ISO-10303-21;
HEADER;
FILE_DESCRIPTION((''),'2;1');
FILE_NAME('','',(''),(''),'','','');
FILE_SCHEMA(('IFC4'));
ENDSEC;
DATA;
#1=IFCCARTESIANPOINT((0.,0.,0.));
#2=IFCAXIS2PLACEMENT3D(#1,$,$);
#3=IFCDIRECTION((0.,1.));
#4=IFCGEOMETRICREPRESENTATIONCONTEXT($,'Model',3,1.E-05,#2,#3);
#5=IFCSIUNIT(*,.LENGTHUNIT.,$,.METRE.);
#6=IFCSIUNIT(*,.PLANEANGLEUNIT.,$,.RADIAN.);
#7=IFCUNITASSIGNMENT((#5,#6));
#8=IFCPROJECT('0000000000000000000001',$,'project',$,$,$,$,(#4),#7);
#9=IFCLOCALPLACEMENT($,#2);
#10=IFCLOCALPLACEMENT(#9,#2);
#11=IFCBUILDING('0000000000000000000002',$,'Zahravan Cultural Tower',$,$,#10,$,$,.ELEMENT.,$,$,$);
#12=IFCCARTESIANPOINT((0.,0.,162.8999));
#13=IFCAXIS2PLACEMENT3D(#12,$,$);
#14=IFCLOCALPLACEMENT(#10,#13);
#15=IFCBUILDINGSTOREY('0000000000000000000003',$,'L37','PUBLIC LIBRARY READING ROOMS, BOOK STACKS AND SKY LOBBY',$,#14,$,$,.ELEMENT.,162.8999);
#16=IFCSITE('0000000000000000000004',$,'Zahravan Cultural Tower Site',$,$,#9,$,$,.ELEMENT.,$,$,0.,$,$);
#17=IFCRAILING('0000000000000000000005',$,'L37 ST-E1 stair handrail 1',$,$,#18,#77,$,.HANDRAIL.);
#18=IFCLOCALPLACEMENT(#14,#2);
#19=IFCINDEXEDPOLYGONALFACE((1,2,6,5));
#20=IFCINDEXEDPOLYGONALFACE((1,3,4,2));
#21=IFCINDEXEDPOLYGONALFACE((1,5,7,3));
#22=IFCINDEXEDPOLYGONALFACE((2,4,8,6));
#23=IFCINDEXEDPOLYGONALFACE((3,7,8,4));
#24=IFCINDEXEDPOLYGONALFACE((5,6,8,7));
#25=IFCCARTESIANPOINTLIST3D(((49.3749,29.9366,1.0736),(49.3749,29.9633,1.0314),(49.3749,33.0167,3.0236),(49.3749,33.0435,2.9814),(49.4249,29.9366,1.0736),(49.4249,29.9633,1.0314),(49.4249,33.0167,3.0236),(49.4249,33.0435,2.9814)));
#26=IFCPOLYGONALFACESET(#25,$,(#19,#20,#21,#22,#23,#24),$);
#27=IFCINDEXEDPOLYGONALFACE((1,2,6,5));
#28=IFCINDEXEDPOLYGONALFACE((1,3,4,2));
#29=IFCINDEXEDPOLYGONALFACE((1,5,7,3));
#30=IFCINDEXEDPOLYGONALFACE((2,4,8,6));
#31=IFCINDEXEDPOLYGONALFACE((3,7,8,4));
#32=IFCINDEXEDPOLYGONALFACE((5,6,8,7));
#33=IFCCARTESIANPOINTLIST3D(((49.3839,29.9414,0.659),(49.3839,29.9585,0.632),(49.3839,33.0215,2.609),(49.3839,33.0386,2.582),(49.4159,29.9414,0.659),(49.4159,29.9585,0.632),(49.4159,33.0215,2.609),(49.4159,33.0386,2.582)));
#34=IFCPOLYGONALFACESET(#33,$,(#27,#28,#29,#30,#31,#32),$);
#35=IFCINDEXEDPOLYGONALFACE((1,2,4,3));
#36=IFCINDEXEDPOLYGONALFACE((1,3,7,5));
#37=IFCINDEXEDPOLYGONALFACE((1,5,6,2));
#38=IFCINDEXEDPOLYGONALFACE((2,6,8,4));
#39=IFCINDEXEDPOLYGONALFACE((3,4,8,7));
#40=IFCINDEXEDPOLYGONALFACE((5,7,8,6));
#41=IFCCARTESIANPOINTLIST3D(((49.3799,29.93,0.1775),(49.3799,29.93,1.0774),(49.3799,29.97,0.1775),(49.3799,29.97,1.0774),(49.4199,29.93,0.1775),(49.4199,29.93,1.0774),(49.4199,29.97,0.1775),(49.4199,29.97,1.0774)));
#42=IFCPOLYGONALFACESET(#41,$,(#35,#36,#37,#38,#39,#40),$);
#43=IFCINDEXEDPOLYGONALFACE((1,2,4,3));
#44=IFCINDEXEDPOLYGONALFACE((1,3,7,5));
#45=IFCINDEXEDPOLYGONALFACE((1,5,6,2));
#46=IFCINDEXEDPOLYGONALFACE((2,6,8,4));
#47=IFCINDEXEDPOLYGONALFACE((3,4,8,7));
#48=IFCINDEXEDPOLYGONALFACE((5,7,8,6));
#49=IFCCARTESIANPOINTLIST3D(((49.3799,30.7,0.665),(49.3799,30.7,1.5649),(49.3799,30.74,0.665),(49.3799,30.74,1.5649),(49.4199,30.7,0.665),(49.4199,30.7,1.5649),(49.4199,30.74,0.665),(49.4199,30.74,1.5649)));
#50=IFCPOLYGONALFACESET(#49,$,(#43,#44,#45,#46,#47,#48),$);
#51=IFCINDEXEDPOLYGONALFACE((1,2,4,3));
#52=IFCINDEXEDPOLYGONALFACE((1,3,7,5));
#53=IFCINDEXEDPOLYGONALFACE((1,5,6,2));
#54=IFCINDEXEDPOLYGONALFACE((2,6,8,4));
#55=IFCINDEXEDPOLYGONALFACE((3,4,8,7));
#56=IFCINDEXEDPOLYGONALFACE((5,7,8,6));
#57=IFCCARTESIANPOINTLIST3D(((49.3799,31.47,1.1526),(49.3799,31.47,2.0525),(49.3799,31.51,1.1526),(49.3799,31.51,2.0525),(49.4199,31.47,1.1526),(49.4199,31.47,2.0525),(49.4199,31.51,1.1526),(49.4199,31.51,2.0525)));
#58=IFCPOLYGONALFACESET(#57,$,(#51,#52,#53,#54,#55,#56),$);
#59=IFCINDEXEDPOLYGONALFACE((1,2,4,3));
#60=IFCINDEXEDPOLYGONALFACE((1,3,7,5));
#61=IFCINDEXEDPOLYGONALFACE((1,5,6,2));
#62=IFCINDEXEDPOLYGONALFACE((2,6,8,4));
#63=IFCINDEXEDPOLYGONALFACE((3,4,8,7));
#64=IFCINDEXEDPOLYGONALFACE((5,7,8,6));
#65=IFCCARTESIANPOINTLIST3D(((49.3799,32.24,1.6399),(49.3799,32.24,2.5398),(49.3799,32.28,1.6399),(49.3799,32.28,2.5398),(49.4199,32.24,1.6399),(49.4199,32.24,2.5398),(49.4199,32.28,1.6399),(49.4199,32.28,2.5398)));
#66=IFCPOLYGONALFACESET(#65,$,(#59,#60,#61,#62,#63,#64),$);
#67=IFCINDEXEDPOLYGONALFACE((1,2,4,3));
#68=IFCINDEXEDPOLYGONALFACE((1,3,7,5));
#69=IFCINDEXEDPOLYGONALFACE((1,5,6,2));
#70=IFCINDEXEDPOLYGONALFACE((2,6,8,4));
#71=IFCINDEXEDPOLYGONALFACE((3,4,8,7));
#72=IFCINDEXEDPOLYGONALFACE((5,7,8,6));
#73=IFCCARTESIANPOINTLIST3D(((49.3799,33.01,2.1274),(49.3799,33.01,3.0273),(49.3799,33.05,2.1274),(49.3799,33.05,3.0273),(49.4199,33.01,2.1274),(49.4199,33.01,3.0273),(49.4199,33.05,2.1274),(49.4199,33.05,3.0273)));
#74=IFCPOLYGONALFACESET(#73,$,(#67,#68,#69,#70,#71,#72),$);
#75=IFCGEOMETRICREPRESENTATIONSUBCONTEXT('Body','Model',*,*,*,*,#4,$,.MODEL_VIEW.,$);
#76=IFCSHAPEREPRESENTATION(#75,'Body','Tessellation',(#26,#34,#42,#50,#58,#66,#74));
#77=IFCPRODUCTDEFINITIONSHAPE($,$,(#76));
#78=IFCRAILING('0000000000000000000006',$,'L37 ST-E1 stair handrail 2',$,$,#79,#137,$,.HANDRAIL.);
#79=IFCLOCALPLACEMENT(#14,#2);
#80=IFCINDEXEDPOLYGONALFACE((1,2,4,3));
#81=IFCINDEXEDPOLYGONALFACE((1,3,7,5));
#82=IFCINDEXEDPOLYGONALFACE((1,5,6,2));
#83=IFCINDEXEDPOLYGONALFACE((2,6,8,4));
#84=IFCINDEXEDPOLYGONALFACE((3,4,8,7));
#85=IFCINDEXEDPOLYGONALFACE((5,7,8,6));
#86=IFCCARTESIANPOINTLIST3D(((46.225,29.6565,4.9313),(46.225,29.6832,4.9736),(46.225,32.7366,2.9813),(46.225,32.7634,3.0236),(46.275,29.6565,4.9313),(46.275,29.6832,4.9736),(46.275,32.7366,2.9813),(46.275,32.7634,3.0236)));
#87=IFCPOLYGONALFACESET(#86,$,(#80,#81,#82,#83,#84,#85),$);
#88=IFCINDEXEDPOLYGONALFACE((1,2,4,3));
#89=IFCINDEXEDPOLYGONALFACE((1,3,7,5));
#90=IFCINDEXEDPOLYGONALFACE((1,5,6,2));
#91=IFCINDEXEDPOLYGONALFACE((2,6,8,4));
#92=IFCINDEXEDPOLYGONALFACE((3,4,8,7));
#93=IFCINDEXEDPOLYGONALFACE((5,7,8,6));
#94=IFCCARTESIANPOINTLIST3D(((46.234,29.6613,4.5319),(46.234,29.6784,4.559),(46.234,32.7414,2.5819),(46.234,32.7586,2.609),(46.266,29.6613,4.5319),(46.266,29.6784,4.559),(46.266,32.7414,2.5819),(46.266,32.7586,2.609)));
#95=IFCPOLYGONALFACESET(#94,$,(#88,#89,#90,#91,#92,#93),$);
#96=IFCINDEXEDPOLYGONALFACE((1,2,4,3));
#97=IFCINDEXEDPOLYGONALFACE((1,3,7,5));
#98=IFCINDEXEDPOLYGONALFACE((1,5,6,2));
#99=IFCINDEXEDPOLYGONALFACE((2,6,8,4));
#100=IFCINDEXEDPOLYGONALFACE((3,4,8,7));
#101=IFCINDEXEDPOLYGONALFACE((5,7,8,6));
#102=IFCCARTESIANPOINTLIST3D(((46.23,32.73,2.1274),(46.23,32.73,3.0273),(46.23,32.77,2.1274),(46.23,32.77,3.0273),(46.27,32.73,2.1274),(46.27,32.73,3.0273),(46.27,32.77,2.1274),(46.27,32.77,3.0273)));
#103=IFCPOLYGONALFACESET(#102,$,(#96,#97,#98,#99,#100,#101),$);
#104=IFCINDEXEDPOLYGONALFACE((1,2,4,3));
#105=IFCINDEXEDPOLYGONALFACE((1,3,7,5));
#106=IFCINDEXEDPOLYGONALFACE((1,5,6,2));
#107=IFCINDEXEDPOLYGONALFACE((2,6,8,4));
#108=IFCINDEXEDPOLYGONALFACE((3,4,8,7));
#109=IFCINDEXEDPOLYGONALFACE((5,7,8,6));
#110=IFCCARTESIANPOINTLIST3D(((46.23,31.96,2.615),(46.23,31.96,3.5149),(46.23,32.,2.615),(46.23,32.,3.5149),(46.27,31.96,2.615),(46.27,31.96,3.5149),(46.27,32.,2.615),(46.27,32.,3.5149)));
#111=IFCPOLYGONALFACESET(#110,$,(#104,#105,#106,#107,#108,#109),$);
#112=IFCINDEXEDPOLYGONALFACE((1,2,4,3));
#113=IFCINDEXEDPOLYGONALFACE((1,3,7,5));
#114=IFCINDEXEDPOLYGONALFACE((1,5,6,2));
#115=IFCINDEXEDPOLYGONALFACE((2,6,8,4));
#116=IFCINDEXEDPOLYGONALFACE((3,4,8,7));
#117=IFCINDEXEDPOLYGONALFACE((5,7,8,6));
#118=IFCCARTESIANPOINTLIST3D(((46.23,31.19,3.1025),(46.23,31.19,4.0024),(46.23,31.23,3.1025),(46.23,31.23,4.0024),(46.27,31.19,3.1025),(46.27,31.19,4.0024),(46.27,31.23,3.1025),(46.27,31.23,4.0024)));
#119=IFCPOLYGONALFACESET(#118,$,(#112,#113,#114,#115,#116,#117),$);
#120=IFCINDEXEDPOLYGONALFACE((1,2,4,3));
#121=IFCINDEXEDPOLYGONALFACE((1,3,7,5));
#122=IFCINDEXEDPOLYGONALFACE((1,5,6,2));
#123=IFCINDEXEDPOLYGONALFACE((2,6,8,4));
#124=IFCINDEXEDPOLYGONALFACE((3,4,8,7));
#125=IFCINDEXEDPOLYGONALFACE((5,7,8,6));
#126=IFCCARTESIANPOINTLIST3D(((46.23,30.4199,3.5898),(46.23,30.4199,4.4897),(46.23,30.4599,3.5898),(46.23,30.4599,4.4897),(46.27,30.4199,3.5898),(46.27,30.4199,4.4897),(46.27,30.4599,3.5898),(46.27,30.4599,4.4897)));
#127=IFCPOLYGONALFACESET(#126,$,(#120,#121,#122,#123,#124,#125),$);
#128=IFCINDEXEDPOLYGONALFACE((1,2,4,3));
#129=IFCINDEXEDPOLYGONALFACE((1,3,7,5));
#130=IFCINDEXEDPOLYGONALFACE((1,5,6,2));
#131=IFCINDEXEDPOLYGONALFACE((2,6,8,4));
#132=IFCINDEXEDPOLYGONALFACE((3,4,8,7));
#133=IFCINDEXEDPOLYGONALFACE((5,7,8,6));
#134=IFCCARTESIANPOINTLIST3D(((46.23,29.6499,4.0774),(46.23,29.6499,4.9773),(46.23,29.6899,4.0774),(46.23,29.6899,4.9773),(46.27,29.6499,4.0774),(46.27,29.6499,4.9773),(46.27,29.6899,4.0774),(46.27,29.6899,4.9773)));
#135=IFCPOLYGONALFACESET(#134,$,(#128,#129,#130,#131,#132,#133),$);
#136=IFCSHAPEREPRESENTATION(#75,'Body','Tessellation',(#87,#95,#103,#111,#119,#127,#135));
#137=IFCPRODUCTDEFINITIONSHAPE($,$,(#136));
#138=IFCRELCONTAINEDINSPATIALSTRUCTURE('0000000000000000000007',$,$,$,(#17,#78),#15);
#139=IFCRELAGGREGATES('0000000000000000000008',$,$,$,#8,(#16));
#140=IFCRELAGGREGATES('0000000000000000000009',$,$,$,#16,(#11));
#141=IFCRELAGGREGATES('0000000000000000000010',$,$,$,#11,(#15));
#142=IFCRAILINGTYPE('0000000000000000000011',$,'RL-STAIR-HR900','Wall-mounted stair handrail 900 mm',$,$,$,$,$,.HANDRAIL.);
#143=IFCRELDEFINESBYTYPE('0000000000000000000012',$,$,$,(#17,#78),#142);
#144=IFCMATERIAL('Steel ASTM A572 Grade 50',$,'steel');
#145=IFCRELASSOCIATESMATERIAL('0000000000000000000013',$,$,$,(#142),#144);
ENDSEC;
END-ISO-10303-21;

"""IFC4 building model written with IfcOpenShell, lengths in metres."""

from ifc_helpers import new_model, si_unit, direction, frame, origin, origin_2d, place, context, subcontext, project, spatial, rectangle, extrude, material, type_object, element, save


model = new_model("IFC4")

# Units and contexts
model_context = context("Model", 3, precision=1e-05, world=origin(), true_north=direction((0.0, 1.0)))
body_context = subcontext(model_context, "Body", "Model", "MODEL_VIEW")
ifc_project = project(units=[si_unit("LENGTHUNIT", "METRE"), si_unit("PLANEANGLEUNIT", "RADIAN")], contexts=[model_context])

# Site, building, storey
site_placement = place(None, origin())
site = spatial("IfcSite", under=ifc_project, at=site_placement, Name="Zahravan Cultural Tower Site", CompositionType="ELEMENT", RefElevation=0.0)
building_placement = place(site_placement, origin())
building = spatial("IfcBuilding", under=site, at=building_placement, Name="Zahravan Cultural Tower", CompositionType="ELEMENT")
storey_placement = place(building_placement, frame((0.0, 0.0, 162.8999)))
storey = spatial("IfcBuildingStorey", under=building, at=storey_placement, Name="L37", Description="PUBLIC LIBRARY READING ROOMS, BOOK STACKS AND SKY LOBBY", CompositionType="ELEMENT", Elevation=162.8999)

# Shared definitions
ifc_material_1 = material(Name="Steel ASTM A572 Grade 50", Category="steel")

# Railings
railing_type_1 = type_object("IfcRailingType", Name="RL-STAIR-HR900", Description="Wall-mounted stair handrail 900 mm", PredefinedType="HANDRAIL", material=ifc_material_1)
railing_1_placement = place(storey_placement, frame((49.3999, 29.95, 0.1775)))
element("IfcRailing", 1, at=railing_1_placement, inside=storey, type_object=railing_type_1, Name="L37 ST-E1 stair handrail 1", PredefinedType="HANDRAIL", context=body_context, shape_type="SweptSolid", body=[
    extrude(rectangle(XDim=0.05, YDim=0.05, at=origin_2d()), frame((0.0, 0.0, 0.875), z_axis=(0.0, 0.844914, 0.534902), x_axis=(-1.0, 0.0, 0.0)), (0.0, 0.0, 1.0), 3.6455),
    extrude(rectangle(XDim=0.032, YDim=0.032, at=origin_2d()), frame((0.0, 0.0, 0.468), z_axis=(0.0, 0.844914, 0.534902), x_axis=(-1.0, 0.0, 0.0)), (0.0, 0.0, 1.0), 3.6455),
    extrude(rectangle(XDim=0.04, YDim=0.04, at=origin_2d()), origin(), (0.0, 0.0, 1.0), 0.8999),
    extrude(rectangle(XDim=0.04, YDim=0.04, at=origin_2d()), frame((0.0, 0.77, 0.4875)), (0.0, 0.0, 1.0), 0.8999),
    extrude(rectangle(XDim=0.04, YDim=0.04, at=origin_2d()), frame((0.0, 1.54, 0.9751)), (0.0, 0.0, 1.0), 0.8999),
    extrude(rectangle(XDim=0.04, YDim=0.04, at=origin_2d()), frame((0.0, 2.3101, 1.4624)), (0.0, 0.0, 1.0), 0.8999),
    extrude(rectangle(XDim=0.04, YDim=0.04, at=origin_2d()), frame((0.0, 3.0801, 1.95)), (0.0, 0.0, 1.0), 0.8999),
])
railing_2_placement = place(storey_placement, frame((46.25, 32.75, 2.1274)))
element("IfcRailing", 2, at=railing_2_placement, inside=storey, type_object=railing_type_1, Name="L37 ST-E1 stair handrail 2", PredefinedType="HANDRAIL", context=body_context, shape_type="SweptSolid", body=[
    extrude(rectangle(XDim=0.05, YDim=0.05, at=origin_2d()), frame((0.0, 0.0, 0.875), z_axis=(0.0, -0.844914, 0.534902), x_axis=(1.0, 0.0, 0.0)), (0.0, 0.0, 1.0), 3.6455),
    extrude(rectangle(XDim=0.032, YDim=0.032, at=origin_2d()), frame((0.0, 0.0, 0.468), z_axis=(0.0, -0.844914, 0.534902), x_axis=(1.0, 0.0, 0.0)), (0.0, 0.0, 1.0), 3.6455),
    extrude(rectangle(XDim=0.04, YDim=0.04, at=origin_2d()), origin(), (0.0, 0.0, 1.0), 0.8999),
    extrude(rectangle(XDim=0.04, YDim=0.04, at=origin_2d()), frame((0.0, -0.77, 0.4875)), (0.0, 0.0, 1.0), 0.8999),
    extrude(rectangle(XDim=0.04, YDim=0.04, at=origin_2d()), frame((0.0, -1.54, 0.9751)), (0.0, 0.0, 1.0), 0.8999),
    extrude(rectangle(XDim=0.04, YDim=0.04, at=origin_2d()), frame((0.0, -2.3101, 1.4624)), (0.0, 0.0, 1.0), 0.8999),
    extrude(rectangle(XDim=0.04, YDim=0.04, at=origin_2d()), frame((0.0, -3.0801, 1.95)), (0.0, 0.0, 1.0), 0.8999),
])

save(model, "model.ifc")
